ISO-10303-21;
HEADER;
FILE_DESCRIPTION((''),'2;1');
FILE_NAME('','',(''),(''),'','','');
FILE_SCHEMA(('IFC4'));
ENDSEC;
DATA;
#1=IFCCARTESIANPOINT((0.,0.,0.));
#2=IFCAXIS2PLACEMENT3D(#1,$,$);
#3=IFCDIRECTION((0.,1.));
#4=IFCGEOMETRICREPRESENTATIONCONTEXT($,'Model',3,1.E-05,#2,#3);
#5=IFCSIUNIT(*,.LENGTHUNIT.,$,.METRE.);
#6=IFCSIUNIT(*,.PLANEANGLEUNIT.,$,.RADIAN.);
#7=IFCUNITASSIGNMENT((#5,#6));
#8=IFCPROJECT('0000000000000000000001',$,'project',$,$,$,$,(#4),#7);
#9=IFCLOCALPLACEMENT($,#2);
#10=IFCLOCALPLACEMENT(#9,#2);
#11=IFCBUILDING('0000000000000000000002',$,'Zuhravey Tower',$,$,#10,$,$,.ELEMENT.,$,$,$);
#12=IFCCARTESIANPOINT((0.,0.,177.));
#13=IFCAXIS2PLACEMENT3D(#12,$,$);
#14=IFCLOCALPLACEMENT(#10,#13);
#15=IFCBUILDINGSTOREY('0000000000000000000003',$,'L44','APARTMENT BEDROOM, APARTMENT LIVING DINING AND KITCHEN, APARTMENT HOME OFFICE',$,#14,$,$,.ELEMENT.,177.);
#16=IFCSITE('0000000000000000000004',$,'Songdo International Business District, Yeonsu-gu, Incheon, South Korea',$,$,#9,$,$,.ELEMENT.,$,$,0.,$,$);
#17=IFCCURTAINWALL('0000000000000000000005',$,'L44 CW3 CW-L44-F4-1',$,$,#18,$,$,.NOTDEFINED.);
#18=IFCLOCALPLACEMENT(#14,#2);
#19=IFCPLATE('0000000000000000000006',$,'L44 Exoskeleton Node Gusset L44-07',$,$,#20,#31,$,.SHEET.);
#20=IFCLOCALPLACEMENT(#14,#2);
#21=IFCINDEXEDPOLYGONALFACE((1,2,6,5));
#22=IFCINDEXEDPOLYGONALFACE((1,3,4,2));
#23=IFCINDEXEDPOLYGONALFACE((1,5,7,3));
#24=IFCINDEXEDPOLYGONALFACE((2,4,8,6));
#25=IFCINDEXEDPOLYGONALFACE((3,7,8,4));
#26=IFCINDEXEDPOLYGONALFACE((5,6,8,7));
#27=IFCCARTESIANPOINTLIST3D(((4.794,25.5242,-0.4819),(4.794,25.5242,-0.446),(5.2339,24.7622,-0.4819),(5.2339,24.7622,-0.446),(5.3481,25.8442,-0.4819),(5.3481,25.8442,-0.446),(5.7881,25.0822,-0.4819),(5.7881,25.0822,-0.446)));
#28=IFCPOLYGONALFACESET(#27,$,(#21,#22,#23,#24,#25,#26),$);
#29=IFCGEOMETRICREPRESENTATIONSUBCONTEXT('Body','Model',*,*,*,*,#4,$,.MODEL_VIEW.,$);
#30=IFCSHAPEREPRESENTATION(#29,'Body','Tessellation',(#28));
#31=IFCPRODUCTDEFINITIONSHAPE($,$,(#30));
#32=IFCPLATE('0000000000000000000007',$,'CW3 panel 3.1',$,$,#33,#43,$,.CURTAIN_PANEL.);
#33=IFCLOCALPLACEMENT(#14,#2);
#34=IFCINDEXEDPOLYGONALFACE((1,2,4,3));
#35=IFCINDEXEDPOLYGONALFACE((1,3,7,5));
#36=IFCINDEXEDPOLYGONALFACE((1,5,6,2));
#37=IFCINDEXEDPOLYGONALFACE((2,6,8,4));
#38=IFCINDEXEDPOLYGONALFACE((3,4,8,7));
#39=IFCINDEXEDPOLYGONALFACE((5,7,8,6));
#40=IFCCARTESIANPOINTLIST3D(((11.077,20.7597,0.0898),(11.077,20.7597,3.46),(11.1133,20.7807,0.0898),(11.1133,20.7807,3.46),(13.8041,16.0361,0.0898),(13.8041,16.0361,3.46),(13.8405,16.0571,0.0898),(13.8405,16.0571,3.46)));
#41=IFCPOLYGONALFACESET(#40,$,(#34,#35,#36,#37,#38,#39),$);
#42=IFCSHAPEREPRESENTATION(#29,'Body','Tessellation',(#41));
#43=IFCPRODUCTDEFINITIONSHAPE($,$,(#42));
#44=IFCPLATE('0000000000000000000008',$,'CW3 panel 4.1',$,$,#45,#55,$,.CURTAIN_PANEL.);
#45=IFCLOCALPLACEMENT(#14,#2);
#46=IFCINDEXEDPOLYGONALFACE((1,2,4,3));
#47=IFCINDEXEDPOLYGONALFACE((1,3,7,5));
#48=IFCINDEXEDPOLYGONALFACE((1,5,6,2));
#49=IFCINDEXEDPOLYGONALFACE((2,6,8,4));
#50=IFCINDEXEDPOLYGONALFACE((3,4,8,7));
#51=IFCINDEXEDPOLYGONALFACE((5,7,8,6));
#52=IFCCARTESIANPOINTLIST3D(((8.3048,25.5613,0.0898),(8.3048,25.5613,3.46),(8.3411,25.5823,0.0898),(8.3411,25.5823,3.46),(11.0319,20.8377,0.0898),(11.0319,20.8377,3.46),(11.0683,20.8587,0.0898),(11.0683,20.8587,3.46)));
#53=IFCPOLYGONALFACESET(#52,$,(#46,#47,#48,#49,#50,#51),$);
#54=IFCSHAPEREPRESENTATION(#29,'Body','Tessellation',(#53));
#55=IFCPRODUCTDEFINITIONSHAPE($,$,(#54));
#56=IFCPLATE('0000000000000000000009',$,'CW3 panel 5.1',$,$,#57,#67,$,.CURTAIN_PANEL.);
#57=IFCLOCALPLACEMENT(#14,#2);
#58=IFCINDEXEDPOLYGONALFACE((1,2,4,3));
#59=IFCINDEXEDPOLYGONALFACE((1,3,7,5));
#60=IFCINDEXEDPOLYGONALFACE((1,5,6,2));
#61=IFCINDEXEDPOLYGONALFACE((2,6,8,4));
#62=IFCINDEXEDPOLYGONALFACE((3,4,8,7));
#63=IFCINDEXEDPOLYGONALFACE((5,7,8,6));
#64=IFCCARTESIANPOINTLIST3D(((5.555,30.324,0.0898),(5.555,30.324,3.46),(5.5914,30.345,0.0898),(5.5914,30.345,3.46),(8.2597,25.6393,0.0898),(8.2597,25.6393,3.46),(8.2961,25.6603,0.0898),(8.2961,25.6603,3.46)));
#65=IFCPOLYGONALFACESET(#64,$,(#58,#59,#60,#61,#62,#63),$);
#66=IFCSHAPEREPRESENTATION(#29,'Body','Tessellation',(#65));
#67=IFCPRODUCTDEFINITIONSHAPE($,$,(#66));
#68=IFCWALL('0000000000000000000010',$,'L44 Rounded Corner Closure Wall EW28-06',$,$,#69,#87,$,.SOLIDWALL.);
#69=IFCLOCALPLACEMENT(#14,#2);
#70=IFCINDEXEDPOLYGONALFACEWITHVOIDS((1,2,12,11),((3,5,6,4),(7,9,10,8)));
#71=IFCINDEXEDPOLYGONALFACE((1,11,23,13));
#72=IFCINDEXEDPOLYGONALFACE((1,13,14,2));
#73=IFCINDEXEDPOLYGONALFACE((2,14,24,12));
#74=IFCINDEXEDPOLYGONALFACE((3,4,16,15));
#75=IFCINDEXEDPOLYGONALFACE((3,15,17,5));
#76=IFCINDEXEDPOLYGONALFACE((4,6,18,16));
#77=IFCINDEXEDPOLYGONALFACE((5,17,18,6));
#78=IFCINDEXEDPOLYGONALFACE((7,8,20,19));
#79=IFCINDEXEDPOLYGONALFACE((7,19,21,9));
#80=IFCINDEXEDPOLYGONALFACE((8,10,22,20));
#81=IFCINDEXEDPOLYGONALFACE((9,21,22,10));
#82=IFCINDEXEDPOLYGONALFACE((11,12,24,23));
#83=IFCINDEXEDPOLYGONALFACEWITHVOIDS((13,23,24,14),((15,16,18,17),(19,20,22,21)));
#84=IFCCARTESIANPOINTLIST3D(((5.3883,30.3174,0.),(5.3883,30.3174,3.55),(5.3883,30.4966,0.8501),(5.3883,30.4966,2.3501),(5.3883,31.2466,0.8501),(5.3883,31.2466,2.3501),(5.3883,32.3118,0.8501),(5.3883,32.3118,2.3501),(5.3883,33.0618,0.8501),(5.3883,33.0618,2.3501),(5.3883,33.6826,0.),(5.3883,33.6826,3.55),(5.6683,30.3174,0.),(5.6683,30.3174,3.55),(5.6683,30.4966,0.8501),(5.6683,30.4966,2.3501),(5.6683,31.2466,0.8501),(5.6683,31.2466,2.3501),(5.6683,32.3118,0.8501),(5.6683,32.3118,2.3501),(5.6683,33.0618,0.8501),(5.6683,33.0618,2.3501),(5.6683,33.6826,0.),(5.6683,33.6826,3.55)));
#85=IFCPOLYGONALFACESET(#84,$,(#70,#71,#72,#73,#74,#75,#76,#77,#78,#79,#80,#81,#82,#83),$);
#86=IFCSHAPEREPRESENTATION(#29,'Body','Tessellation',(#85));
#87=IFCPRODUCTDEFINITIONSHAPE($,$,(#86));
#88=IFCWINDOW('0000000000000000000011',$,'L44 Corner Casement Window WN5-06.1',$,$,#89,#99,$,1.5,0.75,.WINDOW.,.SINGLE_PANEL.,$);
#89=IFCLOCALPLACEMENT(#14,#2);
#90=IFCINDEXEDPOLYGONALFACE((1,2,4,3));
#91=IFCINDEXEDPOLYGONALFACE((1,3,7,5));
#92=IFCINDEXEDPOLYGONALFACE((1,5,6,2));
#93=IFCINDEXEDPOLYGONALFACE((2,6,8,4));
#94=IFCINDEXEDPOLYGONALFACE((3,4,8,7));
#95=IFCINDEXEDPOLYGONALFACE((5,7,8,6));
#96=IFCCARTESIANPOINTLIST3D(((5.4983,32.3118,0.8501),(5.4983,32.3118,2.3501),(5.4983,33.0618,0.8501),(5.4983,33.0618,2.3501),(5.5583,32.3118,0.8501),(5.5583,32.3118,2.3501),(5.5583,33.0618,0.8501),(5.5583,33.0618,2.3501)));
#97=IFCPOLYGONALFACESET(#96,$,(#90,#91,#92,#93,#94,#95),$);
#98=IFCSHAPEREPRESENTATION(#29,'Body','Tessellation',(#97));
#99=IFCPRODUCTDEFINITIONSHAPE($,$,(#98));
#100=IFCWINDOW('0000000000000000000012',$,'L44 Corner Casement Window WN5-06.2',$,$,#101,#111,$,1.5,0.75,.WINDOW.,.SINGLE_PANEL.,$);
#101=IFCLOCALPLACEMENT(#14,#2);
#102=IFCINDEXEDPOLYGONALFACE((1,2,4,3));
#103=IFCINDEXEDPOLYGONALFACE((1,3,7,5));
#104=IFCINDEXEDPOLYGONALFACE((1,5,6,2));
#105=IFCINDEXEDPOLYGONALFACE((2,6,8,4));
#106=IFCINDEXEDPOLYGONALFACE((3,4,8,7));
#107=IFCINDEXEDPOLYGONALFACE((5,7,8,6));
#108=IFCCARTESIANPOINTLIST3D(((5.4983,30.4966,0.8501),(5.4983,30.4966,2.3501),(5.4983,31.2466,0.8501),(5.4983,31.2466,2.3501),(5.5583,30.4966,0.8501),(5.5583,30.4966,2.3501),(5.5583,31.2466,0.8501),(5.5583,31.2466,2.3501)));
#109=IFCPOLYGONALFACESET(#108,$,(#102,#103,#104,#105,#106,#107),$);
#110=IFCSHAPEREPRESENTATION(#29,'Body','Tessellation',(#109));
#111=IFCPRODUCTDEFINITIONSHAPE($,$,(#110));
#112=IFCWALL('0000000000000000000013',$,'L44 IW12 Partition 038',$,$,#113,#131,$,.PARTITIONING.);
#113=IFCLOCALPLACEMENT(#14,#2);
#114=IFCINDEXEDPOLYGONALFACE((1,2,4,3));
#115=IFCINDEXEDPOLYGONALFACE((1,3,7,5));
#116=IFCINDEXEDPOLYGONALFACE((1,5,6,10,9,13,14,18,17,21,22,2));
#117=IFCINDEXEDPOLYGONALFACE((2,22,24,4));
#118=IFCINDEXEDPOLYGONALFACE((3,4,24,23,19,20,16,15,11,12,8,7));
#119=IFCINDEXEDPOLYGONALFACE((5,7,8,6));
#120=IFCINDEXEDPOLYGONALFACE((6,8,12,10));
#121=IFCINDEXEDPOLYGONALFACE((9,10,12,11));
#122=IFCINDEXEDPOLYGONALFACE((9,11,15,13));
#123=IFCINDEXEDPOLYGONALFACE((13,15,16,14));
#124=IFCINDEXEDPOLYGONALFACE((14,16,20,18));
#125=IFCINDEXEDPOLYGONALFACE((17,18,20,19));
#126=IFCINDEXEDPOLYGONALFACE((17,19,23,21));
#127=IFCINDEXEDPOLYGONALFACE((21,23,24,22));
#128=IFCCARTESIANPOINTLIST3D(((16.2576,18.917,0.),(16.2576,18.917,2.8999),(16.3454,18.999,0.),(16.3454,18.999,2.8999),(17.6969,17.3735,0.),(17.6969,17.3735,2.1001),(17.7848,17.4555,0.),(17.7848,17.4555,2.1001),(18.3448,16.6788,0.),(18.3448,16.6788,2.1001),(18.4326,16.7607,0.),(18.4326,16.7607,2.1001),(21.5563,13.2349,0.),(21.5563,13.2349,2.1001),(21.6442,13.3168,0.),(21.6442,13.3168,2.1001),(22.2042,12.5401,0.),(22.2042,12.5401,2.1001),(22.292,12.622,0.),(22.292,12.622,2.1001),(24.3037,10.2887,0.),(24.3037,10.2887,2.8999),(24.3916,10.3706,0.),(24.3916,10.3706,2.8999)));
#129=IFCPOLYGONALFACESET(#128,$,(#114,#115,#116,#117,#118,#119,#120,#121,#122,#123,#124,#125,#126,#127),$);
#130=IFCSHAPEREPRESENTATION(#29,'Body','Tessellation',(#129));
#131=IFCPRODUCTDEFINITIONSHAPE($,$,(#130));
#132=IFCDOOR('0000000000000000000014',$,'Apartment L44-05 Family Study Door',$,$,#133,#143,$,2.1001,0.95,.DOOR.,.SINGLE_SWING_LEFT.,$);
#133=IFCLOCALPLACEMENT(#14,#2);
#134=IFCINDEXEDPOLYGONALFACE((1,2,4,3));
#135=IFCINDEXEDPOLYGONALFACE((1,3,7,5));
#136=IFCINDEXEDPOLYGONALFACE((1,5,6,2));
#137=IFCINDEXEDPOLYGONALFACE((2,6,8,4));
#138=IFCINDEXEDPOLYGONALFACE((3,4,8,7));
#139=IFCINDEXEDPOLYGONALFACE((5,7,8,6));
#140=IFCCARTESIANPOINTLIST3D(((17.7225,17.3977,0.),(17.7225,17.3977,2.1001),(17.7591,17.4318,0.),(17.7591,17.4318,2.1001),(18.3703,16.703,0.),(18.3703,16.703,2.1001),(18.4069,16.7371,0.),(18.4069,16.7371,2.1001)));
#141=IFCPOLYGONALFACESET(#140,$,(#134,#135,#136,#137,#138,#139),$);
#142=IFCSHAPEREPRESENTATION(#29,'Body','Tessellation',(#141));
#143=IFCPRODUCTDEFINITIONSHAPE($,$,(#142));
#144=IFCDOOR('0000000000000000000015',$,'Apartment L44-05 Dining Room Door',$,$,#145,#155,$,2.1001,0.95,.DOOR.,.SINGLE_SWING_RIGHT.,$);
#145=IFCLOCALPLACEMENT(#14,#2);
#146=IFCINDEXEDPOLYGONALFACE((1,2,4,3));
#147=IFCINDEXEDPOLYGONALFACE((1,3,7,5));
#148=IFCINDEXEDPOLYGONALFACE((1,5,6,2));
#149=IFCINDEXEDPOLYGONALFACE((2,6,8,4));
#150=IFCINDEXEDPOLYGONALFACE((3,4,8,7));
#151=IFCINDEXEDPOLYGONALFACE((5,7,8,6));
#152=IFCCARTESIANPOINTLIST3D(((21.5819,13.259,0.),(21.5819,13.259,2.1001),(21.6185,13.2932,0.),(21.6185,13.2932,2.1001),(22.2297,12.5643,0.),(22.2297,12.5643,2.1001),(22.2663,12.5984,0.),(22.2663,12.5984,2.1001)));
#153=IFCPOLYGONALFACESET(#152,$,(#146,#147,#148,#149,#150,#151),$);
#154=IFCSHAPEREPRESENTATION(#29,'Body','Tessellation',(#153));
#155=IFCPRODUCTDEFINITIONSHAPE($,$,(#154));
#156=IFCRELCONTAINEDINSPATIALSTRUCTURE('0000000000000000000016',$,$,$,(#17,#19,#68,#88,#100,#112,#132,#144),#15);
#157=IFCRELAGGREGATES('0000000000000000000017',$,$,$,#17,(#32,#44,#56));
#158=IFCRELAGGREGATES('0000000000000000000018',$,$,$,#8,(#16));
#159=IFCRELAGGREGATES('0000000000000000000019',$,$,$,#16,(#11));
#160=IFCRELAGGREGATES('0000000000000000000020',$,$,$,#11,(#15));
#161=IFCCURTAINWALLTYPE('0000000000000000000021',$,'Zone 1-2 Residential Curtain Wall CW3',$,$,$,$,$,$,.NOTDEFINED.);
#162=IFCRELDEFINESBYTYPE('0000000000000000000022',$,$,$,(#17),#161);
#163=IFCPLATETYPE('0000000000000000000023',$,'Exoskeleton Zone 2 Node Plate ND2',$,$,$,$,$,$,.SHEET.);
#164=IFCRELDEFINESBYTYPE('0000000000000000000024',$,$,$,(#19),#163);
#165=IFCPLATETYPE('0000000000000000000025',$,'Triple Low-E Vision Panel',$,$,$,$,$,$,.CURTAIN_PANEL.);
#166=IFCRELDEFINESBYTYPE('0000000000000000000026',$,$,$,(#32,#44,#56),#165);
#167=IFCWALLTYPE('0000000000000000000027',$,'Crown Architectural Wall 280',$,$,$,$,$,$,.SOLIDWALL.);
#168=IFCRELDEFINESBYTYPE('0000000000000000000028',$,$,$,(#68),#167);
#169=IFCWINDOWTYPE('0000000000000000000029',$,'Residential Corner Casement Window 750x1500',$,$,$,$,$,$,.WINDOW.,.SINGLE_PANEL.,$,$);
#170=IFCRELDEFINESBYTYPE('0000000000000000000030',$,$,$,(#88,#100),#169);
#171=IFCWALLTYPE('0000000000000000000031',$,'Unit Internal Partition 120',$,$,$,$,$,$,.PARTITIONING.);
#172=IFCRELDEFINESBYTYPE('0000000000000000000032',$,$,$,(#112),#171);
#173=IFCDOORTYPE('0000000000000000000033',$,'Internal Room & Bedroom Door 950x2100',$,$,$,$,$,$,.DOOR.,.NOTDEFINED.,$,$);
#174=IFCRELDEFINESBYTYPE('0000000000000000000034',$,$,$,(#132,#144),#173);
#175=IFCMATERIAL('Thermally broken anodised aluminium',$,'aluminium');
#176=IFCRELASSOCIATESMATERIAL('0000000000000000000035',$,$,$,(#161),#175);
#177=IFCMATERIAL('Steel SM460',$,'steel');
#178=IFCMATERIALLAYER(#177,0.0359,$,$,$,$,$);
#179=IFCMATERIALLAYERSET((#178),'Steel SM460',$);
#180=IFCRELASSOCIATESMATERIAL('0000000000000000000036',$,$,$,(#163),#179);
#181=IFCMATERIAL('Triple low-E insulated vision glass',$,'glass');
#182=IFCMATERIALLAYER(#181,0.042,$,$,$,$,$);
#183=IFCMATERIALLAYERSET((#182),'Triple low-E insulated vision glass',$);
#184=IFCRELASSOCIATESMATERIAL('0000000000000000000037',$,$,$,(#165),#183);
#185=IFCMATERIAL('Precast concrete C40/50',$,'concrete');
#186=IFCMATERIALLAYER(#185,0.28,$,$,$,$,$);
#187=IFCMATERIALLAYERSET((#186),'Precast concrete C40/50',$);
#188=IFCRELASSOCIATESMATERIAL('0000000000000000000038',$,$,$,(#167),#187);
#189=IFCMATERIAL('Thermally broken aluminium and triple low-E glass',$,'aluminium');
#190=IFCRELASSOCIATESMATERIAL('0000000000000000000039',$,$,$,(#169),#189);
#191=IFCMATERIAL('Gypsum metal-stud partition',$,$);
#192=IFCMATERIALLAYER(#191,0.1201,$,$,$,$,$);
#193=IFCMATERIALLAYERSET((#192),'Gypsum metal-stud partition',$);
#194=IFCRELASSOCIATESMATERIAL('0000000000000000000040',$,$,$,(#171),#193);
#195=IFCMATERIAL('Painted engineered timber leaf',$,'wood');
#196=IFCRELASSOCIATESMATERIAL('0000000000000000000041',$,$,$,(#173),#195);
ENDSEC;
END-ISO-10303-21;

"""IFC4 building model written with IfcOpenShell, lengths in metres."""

from ifc_helpers import new_model, si_unit, direction, frame, frame_2d, origin, origin_2d, place, context, subcontext, project, spatial, rectangle, extrude, material, layer, layer_set, type_object, element, fill, aggregate, save


model = new_model("IFC4")

# Units and contexts
model_context = context("Model", 3, precision=1e-05, world=origin(), true_north=direction((0.0, 1.0)))
body_context = subcontext(model_context, "Body", "Model", "MODEL_VIEW")
ifc_project = project(units=[si_unit("LENGTHUNIT", "METRE"), si_unit("PLANEANGLEUNIT", "RADIAN")], contexts=[model_context])

# Site, building, storey
site_placement = place(None, origin())
site = spatial("IfcSite", under=ifc_project, at=site_placement, Name="Songdo International Business District, Yeonsu-gu, Incheon, South Korea", CompositionType="ELEMENT", RefElevation=0.0)
building_placement = place(site_placement, origin())
building = spatial("IfcBuilding", under=site, at=building_placement, Name="Zuhravey Tower", CompositionType="ELEMENT")
storey_placement = place(building_placement, frame((0.0, 0.0, 177.0)))
storey = spatial("IfcBuildingStorey", under=building, at=storey_placement, Name="L44", Description="APARTMENT BEDROOM, APARTMENT LIVING DINING AND KITCHEN, APARTMENT HOME OFFICE", CompositionType="ELEMENT", Elevation=177.0)

# Curtain wall
ifc_material_1 = material(Name="Thermally broken anodised aluminium", Category="aluminium")
curtain_wall_type = type_object("IfcCurtainWallType", Name="Zone 1-2 Residential Curtain Wall CW3", PredefinedType="NOTDEFINED", material=ifc_material_1)
curtain_wall_placement = place(storey_placement, origin())
curtain_wall = element("IfcCurtainWall", 1, at=curtain_wall_placement, inside=storey, type_object=curtain_wall_type, Name="L44 CW3 CW-L44-F4-1", PredefinedType="NOTDEFINED")

# Shared definitions
ifc_material_2 = material(Name="Steel SM460", Category="steel")

# Plates
ifc_layer_1 = layer(ifc_material_2, 0.0359)
ifc_layer_set_1 = layer_set([ifc_layer_1], Name="Steel SM460")
plate_type_1 = type_object("IfcPlateType", Name="Exoskeleton Zone 2 Node Plate ND2", PredefinedType="SHEET", material=ifc_layer_set_1)
plate_1_placement = place(storey_placement, frame((5.291, 25.3032, -0.4819), z_axis=(0.0, 0.0, 1.0), x_axis=(0.5, -0.866025, 0.0)))
element("IfcPlate", 2, at=plate_1_placement, inside=storey, type_object=plate_type_1, Name="L44 Exoskeleton Node Gusset L44-07", PredefinedType="SHEET", context=body_context, shape_type="SweptSolid", body=[
    extrude(rectangle(XDim=0.8799, YDim=0.6399, at=origin_2d()), origin(), (0.0, 0.0, 1.0), 0.0359),
])
ifc_material_3 = material(Name="Triple low-E insulated vision glass", Category="glass")
ifc_layer_2 = layer(ifc_material_3, 0.042)
ifc_layer_set_2 = layer_set([ifc_layer_2], Name="Triple low-E insulated vision glass")
plate_type_2 = type_object("IfcPlateType", Name="Triple Low-E Vision Panel", PredefinedType="CURTAIN_PANEL", material=ifc_layer_set_2)
plate_2_placement = place(storey_placement, frame((12.4587, 18.4084, 0.0898), z_axis=(0.0, 0.0, 1.0), x_axis=(-0.5, 0.866025, 0.0)))
plate_2 = element("IfcPlate", 3, at=plate_2_placement, type_object=plate_type_2, Name="CW3 panel 3.1", PredefinedType="CURTAIN_PANEL", context=body_context, shape_type="SweptSolid", body=[
    extrude(rectangle(XDim=5.4543, YDim=0.042, at=origin_2d()), origin(), (0.0, 0.0, 1.0), 3.3701),
])
plate_3_placement = place(storey_placement, frame((9.6865, 23.21, 0.0898), z_axis=(0.0, 0.0, 1.0), x_axis=(-0.5, 0.866025, 0.0)))
plate_3 = element("IfcPlate", 4, at=plate_3_placement, type_object=plate_type_2, Name="CW3 panel 4.1", PredefinedType="CURTAIN_PANEL", context=body_context, shape_type="SweptSolid", body=[
    extrude(rectangle(XDim=5.4543, YDim=0.042, at=origin_2d()), origin(), (0.0, 0.0, 1.0), 3.3701),
])
plate_4_placement = place(storey_placement, frame((6.9255, 27.9922, 0.0898), z_axis=(0.0, 0.0, 1.0), x_axis=(-0.5, 0.866025, 0.0)))
plate_4 = element("IfcPlate", 5, at=plate_4_placement, type_object=plate_type_2, Name="CW3 panel 5.1", PredefinedType="CURTAIN_PANEL", context=body_context, shape_type="SweptSolid", body=[
    extrude(rectangle(XDim=5.4094, YDim=0.042, at=origin_2d()), origin(), (0.0, 0.0, 1.0), 3.3701),
])
aggregate(curtain_wall, [plate_2, plate_3, plate_4])

# Wall, openings, windows
ifc_material_4 = material(Name="Precast concrete C40/50", Category="concrete")
ifc_layer_3 = layer(ifc_material_4, 0.28)
ifc_layer_set_3 = layer_set([ifc_layer_3], Name="Precast concrete C40/50")
wall_type_1 = type_object("IfcWallType", Name="Crown Architectural Wall 280", PredefinedType="SOLIDWALL", material=ifc_layer_set_3)
wall_1_placement = place(storey_placement, frame((5.5283, 30.3174, 0.0), z_axis=(0.0, 0.0, 1.0), x_axis=(0.0, 1.0, 0.0)))
wall_1 = element("IfcWall", 6, at=wall_1_placement, inside=storey, type_object=wall_type_1, Name="L44 Rounded Corner Closure Wall EW28-06", PredefinedType="SOLIDWALL", context=body_context, shape_type="SweptSolid", body=[
    extrude(rectangle(XDim=3.3652, YDim=0.28, at=frame_2d((1.6826, 0.0))), origin(), (0.0, 0.0, 1.0), 3.55),
])
opening_1_placement = place(wall_1_placement, frame((1.9944, 0.0, 0.8501)))
opening_1 = element("IfcOpeningElement", 7, at=opening_1_placement, cuts=wall_1, PredefinedType="OPENING", context=body_context, shape_type="SweptSolid", body=[
    extrude(rectangle(XDim=0.75, YDim=1.5, at=frame_2d((0.375, 0.75))), frame((0.0, 0.1521, 0.0), z_axis=(0.0, -1.0, 0.0), x_axis=(1.0, 0.0, 0.0)), (0.0, 0.0, 1.0), 0.304),
])
opening_2_placement = place(wall_1_placement, frame((0.1792, 0.0, 0.8501)))
opening_2 = element("IfcOpeningElement", 8, at=opening_2_placement, cuts=wall_1, PredefinedType="OPENING", context=body_context, shape_type="SweptSolid", body=[
    extrude(rectangle(XDim=0.75, YDim=1.5, at=frame_2d((0.375, 0.75))), frame((0.0, 0.1521, 0.0), z_axis=(0.0, -1.0, 0.0), x_axis=(1.0, 0.0, 0.0)), (0.0, 0.0, 1.0), 0.304),
])
ifc_material_5 = material(Name="Thermally broken aluminium and triple low-E glass", Category="aluminium")
window_type = type_object("IfcWindowType", Name="Residential Corner Casement Window 750x1500", PartitioningType="SINGLE_PANEL", PredefinedType="WINDOW", material=ifc_material_5)
window_1_placement = place(opening_1_placement, origin())
window_1 = element("IfcWindow", 9, at=window_1_placement, inside=storey, type_object=window_type, Name="L44 Corner Casement Window WN5-06.1", OverallHeight=1.5, OverallWidth=0.75, PartitioningType="SINGLE_PANEL", PredefinedType="WINDOW", context=body_context, shape_type="SweptSolid", body=[
    extrude(rectangle(XDim=0.75, YDim=1.5, at=frame_2d((0.375, 0.75))), frame((0.0, 0.03, 0.0), z_axis=(0.0, -1.0, 0.0), x_axis=(1.0, 0.0, 0.0)), (0.0, 0.0, 1.0), 0.0601),
])
fill(opening_1, window_1)
window_2_placement = place(opening_2_placement, origin())
window_2 = element("IfcWindow", 10, at=window_2_placement, inside=storey, type_object=window_type, Name="L44 Corner Casement Window WN5-06.2", OverallHeight=1.5, OverallWidth=0.75, PartitioningType="SINGLE_PANEL", PredefinedType="WINDOW", context=body_context, shape_type="SweptSolid", body=[
    extrude(rectangle(XDim=0.75, YDim=1.5, at=frame_2d((0.375, 0.75))), frame((0.0, 0.03, 0.0), z_axis=(0.0, -1.0, 0.0), x_axis=(1.0, 0.0, 0.0)), (0.0, 0.0, 1.0), 0.0601),
])
fill(opening_2, window_2)

# Wall, openings, doors
ifc_material_6 = material(Name="Gypsum metal-stud partition")
ifc_layer_4 = layer(ifc_material_6, 0.1201)
ifc_layer_set_4 = layer_set([ifc_layer_4], Name="Gypsum metal-stud partition")
wall_type_2 = type_object("IfcWallType", Name="Unit Internal Partition 120", PredefinedType="PARTITIONING", material=ifc_layer_set_4)
wall_2_placement = place(storey_placement, frame((16.3015, 18.958, 0.0), z_axis=(0.0, 0.0, 1.0), x_axis=(0.681999, -0.731353, 0.0)))
wall_2 = element("IfcWall", 11, at=wall_2_placement, inside=storey, type_object=wall_type_2, Name="L44 IW12 Partition 038", PredefinedType="PARTITIONING", context=body_context, shape_type="SweptSolid", body=[
    extrude(rectangle(XDim=11.7979, YDim=0.1201, at=frame_2d((5.8989, 0.0))), origin(), (0.0, 0.0, 1.0), 2.8999),
])
opening_3_placement = place(wall_2_placement, frame((2.1104, 0.0, 0.0)))
opening_3 = element("IfcOpeningElement", 12, at=opening_3_placement, cuts=wall_2, PredefinedType="OPENING", context=body_context, shape_type="SweptSolid", body=[
    extrude(rectangle(XDim=0.95, YDim=2.1001, at=frame_2d((0.4751, 1.05))), frame((0.0, 0.072, 0.0), z_axis=(0.0, -1.0, 0.0), x_axis=(1.0, 0.0, 0.0)), (0.0, 0.0, 1.0), 0.144),
])
opening_4_placement = place(wall_2_placement, frame((7.7693, 0.0, 0.0)))
opening_4 = element("IfcOpeningElement", 13, at=opening_4_placement, cuts=wall_2, PredefinedType="OPENING", context=body_context, shape_type="SweptSolid", body=[
    extrude(rectangle(XDim=0.95, YDim=2.1001, at=frame_2d((0.4751, 1.05))), frame((0.0, 0.072, 0.0), z_axis=(0.0, -1.0, 0.0), x_axis=(1.0, 0.0, 0.0)), (0.0, 0.0, 1.0), 0.144),
])
ifc_material_7 = material(Name="Painted engineered timber leaf", Category="wood")
door_type = type_object("IfcDoorType", Name="Internal Room & Bedroom Door 950x2100", OperationType="NOTDEFINED", PredefinedType="DOOR", material=ifc_material_7)
door_1_placement = place(opening_3_placement, frame((0.95, 0.0, 0.0), z_axis=(0.0, 0.0, 1.0), x_axis=(-1.0, 0.0, 0.0)))
door_1 = element("IfcDoor", 14, at=door_1_placement, inside=storey, type_object=door_type, Name="Apartment L44-05 Family Study Door", OperationType="SINGLE_SWING_LEFT", OverallHeight=2.1001, OverallWidth=0.95, PredefinedType="DOOR", context=body_context, shape_type="SweptSolid", body=[
    extrude(rectangle(XDim=0.95, YDim=2.1001, at=frame_2d((0.4751, 1.05))), frame((0.0, 0.0249, 0.0), z_axis=(0.0, -1.0, 0.0), x_axis=(1.0, 0.0, 0.0)), (0.0, 0.0, 1.0), 0.05),
])
fill(opening_3, door_1)
door_2_placement = place(opening_4_placement, frame((0.95, 0.0, 0.0), z_axis=(0.0, 0.0, 1.0), x_axis=(-1.0, 0.0, 0.0)))
door_2 = element("IfcDoor", 15, at=door_2_placement, inside=storey, type_object=door_type, Name="Apartment L44-05 Dining Room Door", OperationType="SINGLE_SWING_RIGHT", OverallHeight=2.1001, OverallWidth=0.95, PredefinedType="DOOR", context=body_context, shape_type="SweptSolid", body=[
    extrude(rectangle(XDim=0.95, YDim=2.1001, at=frame_2d((0.4751, 1.05))), frame((0.0, 0.0249, 0.0), z_axis=(0.0, -1.0, 0.0), x_axis=(1.0, 0.0, 0.0)), (0.0, 0.0, 1.0), 0.05),
])
fill(opening_4, door_2)

save(model, "model.ifc")
